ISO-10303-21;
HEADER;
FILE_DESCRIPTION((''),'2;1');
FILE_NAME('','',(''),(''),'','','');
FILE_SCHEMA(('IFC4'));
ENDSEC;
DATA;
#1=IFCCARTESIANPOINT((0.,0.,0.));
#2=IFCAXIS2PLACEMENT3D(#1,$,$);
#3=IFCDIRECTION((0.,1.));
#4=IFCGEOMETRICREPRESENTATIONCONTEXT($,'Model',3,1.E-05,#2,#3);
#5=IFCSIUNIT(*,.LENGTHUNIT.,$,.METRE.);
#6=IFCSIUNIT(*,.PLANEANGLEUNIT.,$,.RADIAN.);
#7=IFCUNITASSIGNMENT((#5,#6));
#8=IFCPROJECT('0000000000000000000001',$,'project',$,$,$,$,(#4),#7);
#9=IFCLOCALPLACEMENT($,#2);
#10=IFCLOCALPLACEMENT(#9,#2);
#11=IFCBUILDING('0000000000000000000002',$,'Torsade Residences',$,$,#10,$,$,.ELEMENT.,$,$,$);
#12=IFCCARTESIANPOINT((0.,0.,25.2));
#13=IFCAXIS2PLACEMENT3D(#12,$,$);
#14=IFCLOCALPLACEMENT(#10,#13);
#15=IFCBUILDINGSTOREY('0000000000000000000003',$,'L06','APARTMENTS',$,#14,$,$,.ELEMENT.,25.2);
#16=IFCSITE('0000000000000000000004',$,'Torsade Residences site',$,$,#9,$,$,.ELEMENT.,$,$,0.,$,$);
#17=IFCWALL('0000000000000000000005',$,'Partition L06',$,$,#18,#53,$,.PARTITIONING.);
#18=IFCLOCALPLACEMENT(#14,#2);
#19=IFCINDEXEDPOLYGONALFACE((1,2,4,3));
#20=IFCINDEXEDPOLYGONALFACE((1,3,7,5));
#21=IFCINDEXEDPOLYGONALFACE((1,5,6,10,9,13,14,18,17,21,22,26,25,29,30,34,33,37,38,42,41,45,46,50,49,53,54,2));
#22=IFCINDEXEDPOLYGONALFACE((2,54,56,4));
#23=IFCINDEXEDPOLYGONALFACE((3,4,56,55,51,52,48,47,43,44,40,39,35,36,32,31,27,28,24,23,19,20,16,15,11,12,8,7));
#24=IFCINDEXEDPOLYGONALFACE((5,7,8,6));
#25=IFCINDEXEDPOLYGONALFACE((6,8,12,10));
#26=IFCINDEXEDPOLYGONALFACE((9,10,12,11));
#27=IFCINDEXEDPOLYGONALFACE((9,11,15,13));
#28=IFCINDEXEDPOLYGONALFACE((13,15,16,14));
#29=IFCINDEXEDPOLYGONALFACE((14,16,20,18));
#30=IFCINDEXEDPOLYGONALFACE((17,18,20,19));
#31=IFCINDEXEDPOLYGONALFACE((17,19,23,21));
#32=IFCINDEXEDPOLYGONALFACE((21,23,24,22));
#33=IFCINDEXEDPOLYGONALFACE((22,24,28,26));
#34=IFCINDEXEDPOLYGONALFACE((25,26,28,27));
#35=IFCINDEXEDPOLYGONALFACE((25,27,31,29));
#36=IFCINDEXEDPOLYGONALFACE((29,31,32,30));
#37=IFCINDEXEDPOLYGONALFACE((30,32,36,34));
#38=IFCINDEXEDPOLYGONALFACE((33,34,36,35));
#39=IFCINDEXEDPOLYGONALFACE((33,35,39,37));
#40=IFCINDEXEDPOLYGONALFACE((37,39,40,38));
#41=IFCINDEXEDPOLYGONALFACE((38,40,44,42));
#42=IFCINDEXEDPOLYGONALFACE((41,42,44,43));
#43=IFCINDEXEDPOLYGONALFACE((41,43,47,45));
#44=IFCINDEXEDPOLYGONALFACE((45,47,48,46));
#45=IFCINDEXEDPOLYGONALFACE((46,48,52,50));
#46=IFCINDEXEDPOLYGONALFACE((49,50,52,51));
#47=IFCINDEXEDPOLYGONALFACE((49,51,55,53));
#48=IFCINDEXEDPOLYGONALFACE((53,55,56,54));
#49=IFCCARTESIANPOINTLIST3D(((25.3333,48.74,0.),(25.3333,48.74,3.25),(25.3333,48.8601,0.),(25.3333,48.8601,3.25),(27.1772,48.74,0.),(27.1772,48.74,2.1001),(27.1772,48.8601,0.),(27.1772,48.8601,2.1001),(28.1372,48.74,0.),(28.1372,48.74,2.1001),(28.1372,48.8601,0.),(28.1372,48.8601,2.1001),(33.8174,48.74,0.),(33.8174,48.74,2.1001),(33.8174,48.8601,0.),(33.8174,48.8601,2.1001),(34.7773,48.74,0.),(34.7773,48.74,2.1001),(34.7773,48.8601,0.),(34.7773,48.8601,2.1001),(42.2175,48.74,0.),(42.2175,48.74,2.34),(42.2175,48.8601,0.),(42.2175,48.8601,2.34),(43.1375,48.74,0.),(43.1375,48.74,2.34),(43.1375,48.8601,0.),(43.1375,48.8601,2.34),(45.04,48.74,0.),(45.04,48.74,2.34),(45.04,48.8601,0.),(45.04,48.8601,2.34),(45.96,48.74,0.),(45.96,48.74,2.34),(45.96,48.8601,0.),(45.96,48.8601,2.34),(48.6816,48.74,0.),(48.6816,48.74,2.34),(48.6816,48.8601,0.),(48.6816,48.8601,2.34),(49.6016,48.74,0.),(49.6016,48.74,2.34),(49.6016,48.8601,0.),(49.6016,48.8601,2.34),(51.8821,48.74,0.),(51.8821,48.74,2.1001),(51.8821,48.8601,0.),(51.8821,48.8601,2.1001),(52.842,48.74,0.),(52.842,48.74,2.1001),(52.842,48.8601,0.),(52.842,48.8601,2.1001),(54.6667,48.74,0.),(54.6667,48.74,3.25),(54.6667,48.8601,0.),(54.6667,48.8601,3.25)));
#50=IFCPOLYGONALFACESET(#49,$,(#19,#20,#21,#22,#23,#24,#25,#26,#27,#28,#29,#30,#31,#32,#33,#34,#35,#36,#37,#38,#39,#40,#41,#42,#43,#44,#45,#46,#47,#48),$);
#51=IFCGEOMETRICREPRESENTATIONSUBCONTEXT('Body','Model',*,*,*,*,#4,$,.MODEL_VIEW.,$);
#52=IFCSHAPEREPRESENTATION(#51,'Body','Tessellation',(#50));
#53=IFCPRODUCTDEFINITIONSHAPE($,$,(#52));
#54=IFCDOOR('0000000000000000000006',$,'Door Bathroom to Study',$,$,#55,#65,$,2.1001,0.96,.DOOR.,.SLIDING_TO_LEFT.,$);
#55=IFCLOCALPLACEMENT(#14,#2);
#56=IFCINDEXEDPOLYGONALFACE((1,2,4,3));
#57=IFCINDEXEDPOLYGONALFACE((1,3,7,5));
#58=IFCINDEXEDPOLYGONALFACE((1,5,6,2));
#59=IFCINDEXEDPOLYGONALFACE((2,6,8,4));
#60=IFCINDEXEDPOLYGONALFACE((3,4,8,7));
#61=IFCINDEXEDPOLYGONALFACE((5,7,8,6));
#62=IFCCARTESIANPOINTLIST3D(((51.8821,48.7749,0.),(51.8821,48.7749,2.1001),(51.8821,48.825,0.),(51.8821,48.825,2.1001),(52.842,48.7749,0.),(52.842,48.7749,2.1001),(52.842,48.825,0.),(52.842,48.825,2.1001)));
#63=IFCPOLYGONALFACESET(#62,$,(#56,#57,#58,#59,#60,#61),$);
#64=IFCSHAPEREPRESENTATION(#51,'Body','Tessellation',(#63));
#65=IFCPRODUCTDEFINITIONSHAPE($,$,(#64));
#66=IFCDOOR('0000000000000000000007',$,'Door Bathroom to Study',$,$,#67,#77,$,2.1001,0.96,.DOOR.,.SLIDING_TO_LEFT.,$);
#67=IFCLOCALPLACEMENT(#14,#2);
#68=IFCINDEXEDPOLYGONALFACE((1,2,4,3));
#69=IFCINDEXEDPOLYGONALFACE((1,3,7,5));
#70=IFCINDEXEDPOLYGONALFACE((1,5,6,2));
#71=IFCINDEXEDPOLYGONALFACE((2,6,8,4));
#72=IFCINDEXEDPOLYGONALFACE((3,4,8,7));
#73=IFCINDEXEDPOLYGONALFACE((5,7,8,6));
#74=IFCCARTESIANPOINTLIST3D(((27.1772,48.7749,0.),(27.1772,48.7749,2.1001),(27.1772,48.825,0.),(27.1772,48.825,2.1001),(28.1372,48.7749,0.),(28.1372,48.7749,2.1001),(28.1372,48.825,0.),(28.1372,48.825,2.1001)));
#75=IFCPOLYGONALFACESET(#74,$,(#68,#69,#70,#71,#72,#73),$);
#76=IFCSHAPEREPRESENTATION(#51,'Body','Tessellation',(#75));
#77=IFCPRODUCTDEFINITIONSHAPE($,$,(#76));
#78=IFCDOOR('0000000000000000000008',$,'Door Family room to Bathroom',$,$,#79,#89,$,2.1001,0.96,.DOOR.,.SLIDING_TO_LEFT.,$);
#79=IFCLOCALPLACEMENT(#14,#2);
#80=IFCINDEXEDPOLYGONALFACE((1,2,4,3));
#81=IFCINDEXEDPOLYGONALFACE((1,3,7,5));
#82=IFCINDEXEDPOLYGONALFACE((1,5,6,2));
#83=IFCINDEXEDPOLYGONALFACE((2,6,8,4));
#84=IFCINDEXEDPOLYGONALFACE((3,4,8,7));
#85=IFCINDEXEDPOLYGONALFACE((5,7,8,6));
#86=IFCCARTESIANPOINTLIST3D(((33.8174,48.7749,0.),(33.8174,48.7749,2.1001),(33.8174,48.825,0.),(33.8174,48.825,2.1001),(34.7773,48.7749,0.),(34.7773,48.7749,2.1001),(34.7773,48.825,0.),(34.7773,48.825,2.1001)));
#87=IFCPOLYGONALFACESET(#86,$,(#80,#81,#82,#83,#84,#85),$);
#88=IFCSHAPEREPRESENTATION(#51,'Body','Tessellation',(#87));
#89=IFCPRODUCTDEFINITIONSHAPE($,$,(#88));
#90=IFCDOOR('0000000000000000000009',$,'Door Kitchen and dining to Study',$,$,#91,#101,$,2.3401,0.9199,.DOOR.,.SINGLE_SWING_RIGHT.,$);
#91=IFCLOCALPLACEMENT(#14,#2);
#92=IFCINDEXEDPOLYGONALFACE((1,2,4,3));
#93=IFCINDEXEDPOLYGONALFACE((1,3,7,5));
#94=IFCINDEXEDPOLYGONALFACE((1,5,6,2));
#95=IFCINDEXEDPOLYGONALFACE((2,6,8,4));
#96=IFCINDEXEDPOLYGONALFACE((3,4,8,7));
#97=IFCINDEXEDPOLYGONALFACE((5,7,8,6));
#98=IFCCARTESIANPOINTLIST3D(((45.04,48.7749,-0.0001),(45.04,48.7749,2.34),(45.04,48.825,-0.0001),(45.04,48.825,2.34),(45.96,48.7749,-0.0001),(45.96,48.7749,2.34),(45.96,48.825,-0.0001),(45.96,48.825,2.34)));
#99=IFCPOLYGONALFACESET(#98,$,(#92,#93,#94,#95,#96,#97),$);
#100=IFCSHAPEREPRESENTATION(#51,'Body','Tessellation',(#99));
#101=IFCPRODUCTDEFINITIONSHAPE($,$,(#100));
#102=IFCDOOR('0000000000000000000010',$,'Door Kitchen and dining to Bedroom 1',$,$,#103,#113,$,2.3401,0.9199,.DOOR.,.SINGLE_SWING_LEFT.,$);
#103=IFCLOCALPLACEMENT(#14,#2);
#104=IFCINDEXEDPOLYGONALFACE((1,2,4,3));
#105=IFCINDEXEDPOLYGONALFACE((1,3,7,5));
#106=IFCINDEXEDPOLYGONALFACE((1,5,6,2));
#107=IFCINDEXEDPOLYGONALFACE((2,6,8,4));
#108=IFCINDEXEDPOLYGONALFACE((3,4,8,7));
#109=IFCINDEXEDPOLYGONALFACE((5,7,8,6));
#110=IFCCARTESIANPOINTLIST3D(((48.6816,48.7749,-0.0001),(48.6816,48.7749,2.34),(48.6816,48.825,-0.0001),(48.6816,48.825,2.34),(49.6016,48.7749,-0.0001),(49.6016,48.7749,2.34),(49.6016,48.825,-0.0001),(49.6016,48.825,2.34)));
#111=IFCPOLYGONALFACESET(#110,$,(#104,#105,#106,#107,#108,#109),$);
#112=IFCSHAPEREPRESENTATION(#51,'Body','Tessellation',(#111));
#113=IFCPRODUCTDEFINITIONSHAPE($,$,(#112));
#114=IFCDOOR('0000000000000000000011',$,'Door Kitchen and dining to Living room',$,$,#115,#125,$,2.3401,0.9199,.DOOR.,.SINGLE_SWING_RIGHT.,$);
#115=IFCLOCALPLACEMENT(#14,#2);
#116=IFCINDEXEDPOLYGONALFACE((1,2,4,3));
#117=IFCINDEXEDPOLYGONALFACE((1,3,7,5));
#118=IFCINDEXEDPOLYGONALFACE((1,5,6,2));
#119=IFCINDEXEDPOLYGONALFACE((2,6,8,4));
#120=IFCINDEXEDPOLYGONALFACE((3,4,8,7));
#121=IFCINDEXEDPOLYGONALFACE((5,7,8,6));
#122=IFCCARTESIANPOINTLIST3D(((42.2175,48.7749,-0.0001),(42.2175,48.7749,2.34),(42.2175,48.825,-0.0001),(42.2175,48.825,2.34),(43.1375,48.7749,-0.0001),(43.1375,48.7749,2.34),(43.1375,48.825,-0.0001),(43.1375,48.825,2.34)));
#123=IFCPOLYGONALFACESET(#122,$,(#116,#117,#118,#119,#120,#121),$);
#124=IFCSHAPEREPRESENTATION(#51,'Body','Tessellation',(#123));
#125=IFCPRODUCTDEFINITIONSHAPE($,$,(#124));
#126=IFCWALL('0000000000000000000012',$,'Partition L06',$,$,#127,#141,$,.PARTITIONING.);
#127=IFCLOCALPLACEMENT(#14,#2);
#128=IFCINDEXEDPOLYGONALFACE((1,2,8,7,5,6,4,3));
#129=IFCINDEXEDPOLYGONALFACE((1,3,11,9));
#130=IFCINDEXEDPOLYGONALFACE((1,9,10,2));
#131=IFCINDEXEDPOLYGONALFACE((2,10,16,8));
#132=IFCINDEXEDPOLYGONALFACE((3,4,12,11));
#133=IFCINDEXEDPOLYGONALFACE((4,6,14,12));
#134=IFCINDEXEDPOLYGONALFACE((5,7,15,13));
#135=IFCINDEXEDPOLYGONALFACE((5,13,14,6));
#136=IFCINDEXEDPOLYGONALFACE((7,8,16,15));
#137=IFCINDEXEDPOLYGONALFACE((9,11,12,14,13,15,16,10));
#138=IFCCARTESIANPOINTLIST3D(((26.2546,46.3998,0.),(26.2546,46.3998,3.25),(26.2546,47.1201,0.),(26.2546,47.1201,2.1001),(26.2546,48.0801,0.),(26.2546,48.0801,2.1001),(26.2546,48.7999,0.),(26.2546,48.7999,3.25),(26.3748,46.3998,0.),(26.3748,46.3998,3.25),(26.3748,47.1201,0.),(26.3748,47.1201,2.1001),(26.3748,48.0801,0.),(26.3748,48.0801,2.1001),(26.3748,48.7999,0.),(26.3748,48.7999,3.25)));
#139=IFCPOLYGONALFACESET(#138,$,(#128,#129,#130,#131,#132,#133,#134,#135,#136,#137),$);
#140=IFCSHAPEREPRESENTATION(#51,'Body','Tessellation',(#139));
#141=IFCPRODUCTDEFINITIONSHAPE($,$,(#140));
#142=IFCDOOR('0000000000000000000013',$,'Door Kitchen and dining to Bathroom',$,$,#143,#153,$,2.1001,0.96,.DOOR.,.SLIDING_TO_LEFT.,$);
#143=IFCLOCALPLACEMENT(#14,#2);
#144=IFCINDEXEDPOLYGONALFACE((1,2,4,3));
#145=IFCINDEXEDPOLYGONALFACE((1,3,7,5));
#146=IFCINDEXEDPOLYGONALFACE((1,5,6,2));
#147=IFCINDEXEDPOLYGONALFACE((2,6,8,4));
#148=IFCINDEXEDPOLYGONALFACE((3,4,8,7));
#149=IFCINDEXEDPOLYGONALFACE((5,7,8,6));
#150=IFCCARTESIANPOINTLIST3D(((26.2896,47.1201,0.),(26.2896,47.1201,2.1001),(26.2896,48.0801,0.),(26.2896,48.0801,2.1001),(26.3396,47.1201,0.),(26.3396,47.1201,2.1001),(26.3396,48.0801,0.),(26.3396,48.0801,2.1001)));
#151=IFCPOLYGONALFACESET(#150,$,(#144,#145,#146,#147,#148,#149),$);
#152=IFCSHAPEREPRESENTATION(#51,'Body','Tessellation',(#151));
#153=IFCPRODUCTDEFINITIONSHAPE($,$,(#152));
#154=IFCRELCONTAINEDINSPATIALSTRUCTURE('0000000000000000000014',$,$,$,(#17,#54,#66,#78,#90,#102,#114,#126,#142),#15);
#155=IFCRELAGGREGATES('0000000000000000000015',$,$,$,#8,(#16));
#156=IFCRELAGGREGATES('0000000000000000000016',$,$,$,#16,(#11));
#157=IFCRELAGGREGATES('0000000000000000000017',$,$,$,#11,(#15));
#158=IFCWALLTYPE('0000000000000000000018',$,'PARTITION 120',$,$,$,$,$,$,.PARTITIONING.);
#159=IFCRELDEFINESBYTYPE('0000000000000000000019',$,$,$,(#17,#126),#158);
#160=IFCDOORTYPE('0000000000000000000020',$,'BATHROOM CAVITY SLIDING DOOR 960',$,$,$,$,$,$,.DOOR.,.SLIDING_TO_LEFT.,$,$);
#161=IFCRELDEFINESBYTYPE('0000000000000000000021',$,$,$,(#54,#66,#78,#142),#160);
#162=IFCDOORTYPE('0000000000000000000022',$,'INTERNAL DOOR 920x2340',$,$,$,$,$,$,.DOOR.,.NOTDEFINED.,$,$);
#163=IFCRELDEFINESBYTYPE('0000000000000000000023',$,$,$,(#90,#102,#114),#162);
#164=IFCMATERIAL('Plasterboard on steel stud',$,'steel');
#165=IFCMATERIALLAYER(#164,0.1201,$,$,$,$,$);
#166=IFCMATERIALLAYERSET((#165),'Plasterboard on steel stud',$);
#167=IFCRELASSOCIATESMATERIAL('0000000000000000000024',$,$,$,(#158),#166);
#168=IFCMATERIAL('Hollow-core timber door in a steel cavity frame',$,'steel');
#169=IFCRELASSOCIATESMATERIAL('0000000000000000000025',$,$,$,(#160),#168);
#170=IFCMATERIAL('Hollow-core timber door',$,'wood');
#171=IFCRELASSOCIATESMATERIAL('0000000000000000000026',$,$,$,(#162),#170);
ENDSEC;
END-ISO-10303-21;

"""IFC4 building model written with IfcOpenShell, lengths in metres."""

from ifc_helpers import new_model, si_unit, direction, frame, frame_2d, origin, place, context, subcontext, project, spatial, rectangle, extrude, material, layer, layer_set, type_object, element, fill, save


model = new_model("IFC4")

# Units and contexts
model_context = context("Model", 3, precision=1e-05, world=origin(), true_north=direction((0.0, 1.0)))
body_context = subcontext(model_context, "Body", "Model", "MODEL_VIEW")
ifc_project = project(units=[si_unit("LENGTHUNIT", "METRE"), si_unit("PLANEANGLEUNIT", "RADIAN")], contexts=[model_context])

# Site, building, storey
site_placement = place(None, origin())
site = spatial("IfcSite", under=ifc_project, at=site_placement, Name="Torsade Residences site", CompositionType="ELEMENT", RefElevation=0.0)
building_placement = place(site_placement, origin())
building = spatial("IfcBuilding", under=site, at=building_placement, Name="Torsade Residences", CompositionType="ELEMENT")
storey_placement = place(building_placement, frame((0.0, 0.0, 25.2)))
storey = spatial("IfcBuildingStorey", under=building, at=storey_placement, Name="L06", Description="APARTMENTS", CompositionType="ELEMENT", Elevation=25.2)

# Wall, openings, doors
ifc_material_1 = material(Name="Plasterboard on steel stud", Category="steel")
ifc_layer_1 = layer(ifc_material_1, 0.1201)
ifc_layer_set_1 = layer_set([ifc_layer_1], Name="Plasterboard on steel stud")
wall_type_1 = type_object("IfcWallType", Name="PARTITION 120", PredefinedType="PARTITIONING", material=ifc_layer_set_1)
wall_1_placement = place(storey_placement, frame((25.3333, 48.8, 0.0), z_axis=(0.0, 0.0, 1.0), x_axis=(1.0, 0.0, 0.0)))
wall_1 = element("IfcWall", 1, at=wall_1_placement, inside=storey, type_object=wall_type_1, Name="Partition L06", PredefinedType="PARTITIONING", context=body_context, shape_type="SweptSolid", body=[
    extrude(rectangle(XDim=29.3335, YDim=0.1201, at=frame_2d((14.6667, 0.0))), origin(), (0.0, 0.0, 1.0), 3.25),
])
opening_1_placement = place(wall_1_placement, frame((19.7068, 0.0, 0.0)))
opening_1 = element("IfcOpeningElement", 2, at=opening_1_placement, cuts=wall_1, PredefinedType="OPENING", context=body_context, shape_type="SweptSolid", body=[
    extrude(rectangle(XDim=0.9199, YDim=2.3401, at=frame_2d((0.46, 1.1699))), frame((0.0, 0.0701, 0.0), z_axis=(0.0, -1.0, 0.0), x_axis=(1.0, 0.0, 0.0)), (0.0, 0.0, 1.0), 0.1401),
])
opening_2_placement = place(wall_1_placement, frame((23.3484, 0.0, 0.0)))
opening_2 = element("IfcOpeningElement", 3, at=opening_2_placement, cuts=wall_1, PredefinedType="OPENING", context=body_context, shape_type="SweptSolid", body=[
    extrude(rectangle(XDim=0.9199, YDim=2.3401, at=frame_2d((0.46, 1.1699))), frame((0.0, 0.0701, 0.0), z_axis=(0.0, -1.0, 0.0), x_axis=(1.0, 0.0, 0.0)), (0.0, 0.0, 1.0), 0.1401),
])
opening_3_placement = place(wall_1_placement, frame((16.8843, 0.0, 0.0)))
opening_3 = element("IfcOpeningElement", 4, at=opening_3_placement, cuts=wall_1, PredefinedType="OPENING", context=body_context, shape_type="SweptSolid", body=[
    extrude(rectangle(XDim=0.9199, YDim=2.3401, at=frame_2d((0.46, 1.1699))), frame((0.0, 0.0701, 0.0), z_axis=(0.0, -1.0, 0.0), x_axis=(1.0, 0.0, 0.0)), (0.0, 0.0, 1.0), 0.1401),
])
opening_4_placement = place(wall_1_placement, frame((26.5488, 0.0, 0.0)))
opening_4 = element("IfcOpeningElement", 5, at=opening_4_placement, cuts=wall_1, PredefinedType="OPENING", context=body_context, shape_type="SweptSolid", body=[
    extrude(rectangle(XDim=0.96, YDim=2.1001, at=frame_2d((0.48, 1.05))), frame((0.0, 0.0701, 0.0), z_axis=(0.0, -1.0, 0.0), x_axis=(1.0, 0.0, 0.0)), (0.0, 0.0, 1.0), 0.1401),
])
opening_5_placement = place(wall_1_placement, frame((1.844, 0.0, 0.0)))
opening_5 = element("IfcOpeningElement", 6, at=opening_5_placement, cuts=wall_1, PredefinedType="OPENING", context=body_context, shape_type="SweptSolid", body=[
    extrude(rectangle(XDim=0.96, YDim=2.1001, at=frame_2d((0.48, 1.05))), frame((0.0, 0.0701, 0.0), z_axis=(0.0, -1.0, 0.0), x_axis=(1.0, 0.0, 0.0)), (0.0, 0.0, 1.0), 0.1401),
])
opening_6_placement = place(wall_1_placement, frame((8.4841, 0.0, 0.0)))
opening_6 = element("IfcOpeningElement", 7, at=opening_6_placement, cuts=wall_1, PredefinedType="OPENING", context=body_context, shape_type="SweptSolid", body=[
    extrude(rectangle(XDim=0.96, YDim=2.1001, at=frame_2d((0.48, 1.05))), frame((0.0, 0.0701, 0.0), z_axis=(0.0, -1.0, 0.0), x_axis=(1.0, 0.0, 0.0)), (0.0, 0.0, 1.0), 0.1401),
])
ifc_material_2 = material(Name="Hollow-core timber door in a steel cavity frame", Category="steel")
door_type_1 = type_object("IfcDoorType", Name="BATHROOM CAVITY SLIDING DOOR 960", OperationType="SLIDING_TO_LEFT", PredefinedType="DOOR", material=ifc_material_2)
door_1_placement = place(opening_4_placement, origin())
door_1 = element("IfcDoor", 8, at=door_1_placement, inside=storey, type_object=door_type_1, Name="Door Bathroom to Study", OperationType="SLIDING_TO_LEFT", OverallHeight=2.1001, OverallWidth=0.96, PredefinedType="DOOR", context=body_context, shape_type="SweptSolid", body=[
    extrude(rectangle(XDim=0.96, YDim=2.1001, at=frame_2d((0.48, 1.05))), frame((0.0, 0.0249, 0.0), z_axis=(0.0, -1.0, 0.0), x_axis=(1.0, 0.0, 0.0)), (0.0, 0.0, 1.0), 0.05),
])
fill(opening_4, door_1)
door_2_placement = place(opening_5_placement, origin())
door_2 = element("IfcDoor", 9, at=door_2_placement, inside=storey, type_object=door_type_1, Name="Door Bathroom to Study", OperationType="SLIDING_TO_LEFT", OverallHeight=2.1001, OverallWidth=0.96, PredefinedType="DOOR", context=body_context, shape_type="SweptSolid", body=[
    extrude(rectangle(XDim=0.96, YDim=2.1001, at=frame_2d((0.48, 1.05))), frame((0.0, 0.0249, 0.0), z_axis=(0.0, -1.0, 0.0), x_axis=(1.0, 0.0, 0.0)), (0.0, 0.0, 1.0), 0.05),
])
fill(opening_5, door_2)
door_3_placement = place(opening_6_placement, origin())
door_3 = element("IfcDoor", 10, at=door_3_placement, inside=storey, type_object=door_type_1, Name="Door Family room to Bathroom", OperationType="SLIDING_TO_LEFT", OverallHeight=2.1001, OverallWidth=0.96, PredefinedType="DOOR", context=body_context, shape_type="SweptSolid", body=[
    extrude(rectangle(XDim=0.96, YDim=2.1001, at=frame_2d((0.48, 1.05))), frame((0.0, 0.0249, 0.0), z_axis=(0.0, -1.0, 0.0), x_axis=(1.0, 0.0, 0.0)), (0.0, 0.0, 1.0), 0.05),
])
fill(opening_6, door_3)
ifc_material_3 = material(Name="Hollow-core timber door", Category="wood")
door_type_2 = type_object("IfcDoorType", Name="INTERNAL DOOR 920x2340", OperationType="NOTDEFINED", PredefinedType="DOOR", material=ifc_material_3)
door_4_placement = place(opening_1_placement, origin())
door_4 = element("IfcDoor", 11, at=door_4_placement, inside=storey, type_object=door_type_2, Name="Door Kitchen and dining to Study", OperationType="SINGLE_SWING_RIGHT", OverallHeight=2.3401, OverallWidth=0.9199, PredefinedType="DOOR", context=body_context, shape_type="SweptSolid", body=[
    extrude(rectangle(XDim=0.9199, YDim=2.3401, at=frame_2d((0.46, 1.1699))), frame((0.0, 0.0249, 0.0), z_axis=(0.0, -1.0, 0.0), x_axis=(1.0, 0.0, 0.0)), (0.0, 0.0, 1.0), 0.05),
])
fill(opening_1, door_4)
door_5_placement = place(opening_2_placement, origin())
door_5 = element("IfcDoor", 12, at=door_5_placement, inside=storey, type_object=door_type_2, Name="Door Kitchen and dining to Bedroom 1", OperationType="SINGLE_SWING_LEFT", OverallHeight=2.3401, OverallWidth=0.9199, PredefinedType="DOOR", context=body_context, shape_type="SweptSolid", body=[
    extrude(rectangle(XDim=0.9199, YDim=2.3401, at=frame_2d((0.46, 1.1699))), frame((0.0, 0.0249, 0.0), z_axis=(0.0, -1.0, 0.0), x_axis=(1.0, 0.0, 0.0)), (0.0, 0.0, 1.0), 0.05),
])
fill(opening_2, door_5)
door_6_placement = place(opening_3_placement, origin())
door_6 = element("IfcDoor", 13, at=door_6_placement, inside=storey, type_object=door_type_2, Name="Door Kitchen and dining to Living room", OperationType="SINGLE_SWING_RIGHT", OverallHeight=2.3401, OverallWidth=0.9199, PredefinedType="DOOR", context=body_context, shape_type="SweptSolid", body=[
    extrude(rectangle(XDim=0.9199, YDim=2.3401, at=frame_2d((0.46, 1.1699))), frame((0.0, 0.0249, 0.0), z_axis=(0.0, -1.0, 0.0), x_axis=(1.0, 0.0, 0.0)), (0.0, 0.0, 1.0), 0.05),
])
fill(opening_3, door_6)

# Wall, opening, door
wall_2_placement = place(storey_placement, frame((26.3147, 48.8, 0.0), z_axis=(0.0, 0.0, 1.0), x_axis=(0.0, -1.0, 0.0)))
wall_2 = element("IfcWall", 14, at=wall_2_placement, inside=storey, type_object=wall_type_1, Name="Partition L06", PredefinedType="PARTITIONING", context=body_context, shape_type="SweptSolid", body=[
    extrude(rectangle(XDim=2.4001, YDim=0.1201, at=frame_2d((1.2002, 0.0))), origin(), (0.0, 0.0, 1.0), 3.25),
])
opening_7_placement = place(wall_2_placement, frame((0.72, 0.0, 0.0)))
opening_7 = element("IfcOpeningElement", 15, at=opening_7_placement, cuts=wall_2, PredefinedType="OPENING", context=body_context, shape_type="SweptSolid", body=[
    extrude(rectangle(XDim=0.96, YDim=2.1001, at=frame_2d((0.48, 1.05))), frame((0.0, 0.0701, 0.0), z_axis=(0.0, -1.0, 0.0), x_axis=(1.0, 0.0, 0.0)), (0.0, 0.0, 1.0), 0.1401),
])
door_7_placement = place(opening_7_placement, origin())
door_7 = element("IfcDoor", 16, at=door_7_placement, inside=storey, type_object=door_type_1, Name="Door Kitchen and dining to Bathroom", OperationType="SLIDING_TO_LEFT", OverallHeight=2.1001, OverallWidth=0.96, PredefinedType="DOOR", context=body_context, shape_type="SweptSolid", body=[
    extrude(rectangle(XDim=0.96, YDim=2.1001, at=frame_2d((0.48, 1.05))), frame((0.0, 0.0249, 0.0), z_axis=(0.0, -1.0, 0.0), x_axis=(1.0, 0.0, 0.0)), (0.0, 0.0, 1.0), 0.05),
])
fill(opening_7, door_7)

save(model, "model.ifc")
